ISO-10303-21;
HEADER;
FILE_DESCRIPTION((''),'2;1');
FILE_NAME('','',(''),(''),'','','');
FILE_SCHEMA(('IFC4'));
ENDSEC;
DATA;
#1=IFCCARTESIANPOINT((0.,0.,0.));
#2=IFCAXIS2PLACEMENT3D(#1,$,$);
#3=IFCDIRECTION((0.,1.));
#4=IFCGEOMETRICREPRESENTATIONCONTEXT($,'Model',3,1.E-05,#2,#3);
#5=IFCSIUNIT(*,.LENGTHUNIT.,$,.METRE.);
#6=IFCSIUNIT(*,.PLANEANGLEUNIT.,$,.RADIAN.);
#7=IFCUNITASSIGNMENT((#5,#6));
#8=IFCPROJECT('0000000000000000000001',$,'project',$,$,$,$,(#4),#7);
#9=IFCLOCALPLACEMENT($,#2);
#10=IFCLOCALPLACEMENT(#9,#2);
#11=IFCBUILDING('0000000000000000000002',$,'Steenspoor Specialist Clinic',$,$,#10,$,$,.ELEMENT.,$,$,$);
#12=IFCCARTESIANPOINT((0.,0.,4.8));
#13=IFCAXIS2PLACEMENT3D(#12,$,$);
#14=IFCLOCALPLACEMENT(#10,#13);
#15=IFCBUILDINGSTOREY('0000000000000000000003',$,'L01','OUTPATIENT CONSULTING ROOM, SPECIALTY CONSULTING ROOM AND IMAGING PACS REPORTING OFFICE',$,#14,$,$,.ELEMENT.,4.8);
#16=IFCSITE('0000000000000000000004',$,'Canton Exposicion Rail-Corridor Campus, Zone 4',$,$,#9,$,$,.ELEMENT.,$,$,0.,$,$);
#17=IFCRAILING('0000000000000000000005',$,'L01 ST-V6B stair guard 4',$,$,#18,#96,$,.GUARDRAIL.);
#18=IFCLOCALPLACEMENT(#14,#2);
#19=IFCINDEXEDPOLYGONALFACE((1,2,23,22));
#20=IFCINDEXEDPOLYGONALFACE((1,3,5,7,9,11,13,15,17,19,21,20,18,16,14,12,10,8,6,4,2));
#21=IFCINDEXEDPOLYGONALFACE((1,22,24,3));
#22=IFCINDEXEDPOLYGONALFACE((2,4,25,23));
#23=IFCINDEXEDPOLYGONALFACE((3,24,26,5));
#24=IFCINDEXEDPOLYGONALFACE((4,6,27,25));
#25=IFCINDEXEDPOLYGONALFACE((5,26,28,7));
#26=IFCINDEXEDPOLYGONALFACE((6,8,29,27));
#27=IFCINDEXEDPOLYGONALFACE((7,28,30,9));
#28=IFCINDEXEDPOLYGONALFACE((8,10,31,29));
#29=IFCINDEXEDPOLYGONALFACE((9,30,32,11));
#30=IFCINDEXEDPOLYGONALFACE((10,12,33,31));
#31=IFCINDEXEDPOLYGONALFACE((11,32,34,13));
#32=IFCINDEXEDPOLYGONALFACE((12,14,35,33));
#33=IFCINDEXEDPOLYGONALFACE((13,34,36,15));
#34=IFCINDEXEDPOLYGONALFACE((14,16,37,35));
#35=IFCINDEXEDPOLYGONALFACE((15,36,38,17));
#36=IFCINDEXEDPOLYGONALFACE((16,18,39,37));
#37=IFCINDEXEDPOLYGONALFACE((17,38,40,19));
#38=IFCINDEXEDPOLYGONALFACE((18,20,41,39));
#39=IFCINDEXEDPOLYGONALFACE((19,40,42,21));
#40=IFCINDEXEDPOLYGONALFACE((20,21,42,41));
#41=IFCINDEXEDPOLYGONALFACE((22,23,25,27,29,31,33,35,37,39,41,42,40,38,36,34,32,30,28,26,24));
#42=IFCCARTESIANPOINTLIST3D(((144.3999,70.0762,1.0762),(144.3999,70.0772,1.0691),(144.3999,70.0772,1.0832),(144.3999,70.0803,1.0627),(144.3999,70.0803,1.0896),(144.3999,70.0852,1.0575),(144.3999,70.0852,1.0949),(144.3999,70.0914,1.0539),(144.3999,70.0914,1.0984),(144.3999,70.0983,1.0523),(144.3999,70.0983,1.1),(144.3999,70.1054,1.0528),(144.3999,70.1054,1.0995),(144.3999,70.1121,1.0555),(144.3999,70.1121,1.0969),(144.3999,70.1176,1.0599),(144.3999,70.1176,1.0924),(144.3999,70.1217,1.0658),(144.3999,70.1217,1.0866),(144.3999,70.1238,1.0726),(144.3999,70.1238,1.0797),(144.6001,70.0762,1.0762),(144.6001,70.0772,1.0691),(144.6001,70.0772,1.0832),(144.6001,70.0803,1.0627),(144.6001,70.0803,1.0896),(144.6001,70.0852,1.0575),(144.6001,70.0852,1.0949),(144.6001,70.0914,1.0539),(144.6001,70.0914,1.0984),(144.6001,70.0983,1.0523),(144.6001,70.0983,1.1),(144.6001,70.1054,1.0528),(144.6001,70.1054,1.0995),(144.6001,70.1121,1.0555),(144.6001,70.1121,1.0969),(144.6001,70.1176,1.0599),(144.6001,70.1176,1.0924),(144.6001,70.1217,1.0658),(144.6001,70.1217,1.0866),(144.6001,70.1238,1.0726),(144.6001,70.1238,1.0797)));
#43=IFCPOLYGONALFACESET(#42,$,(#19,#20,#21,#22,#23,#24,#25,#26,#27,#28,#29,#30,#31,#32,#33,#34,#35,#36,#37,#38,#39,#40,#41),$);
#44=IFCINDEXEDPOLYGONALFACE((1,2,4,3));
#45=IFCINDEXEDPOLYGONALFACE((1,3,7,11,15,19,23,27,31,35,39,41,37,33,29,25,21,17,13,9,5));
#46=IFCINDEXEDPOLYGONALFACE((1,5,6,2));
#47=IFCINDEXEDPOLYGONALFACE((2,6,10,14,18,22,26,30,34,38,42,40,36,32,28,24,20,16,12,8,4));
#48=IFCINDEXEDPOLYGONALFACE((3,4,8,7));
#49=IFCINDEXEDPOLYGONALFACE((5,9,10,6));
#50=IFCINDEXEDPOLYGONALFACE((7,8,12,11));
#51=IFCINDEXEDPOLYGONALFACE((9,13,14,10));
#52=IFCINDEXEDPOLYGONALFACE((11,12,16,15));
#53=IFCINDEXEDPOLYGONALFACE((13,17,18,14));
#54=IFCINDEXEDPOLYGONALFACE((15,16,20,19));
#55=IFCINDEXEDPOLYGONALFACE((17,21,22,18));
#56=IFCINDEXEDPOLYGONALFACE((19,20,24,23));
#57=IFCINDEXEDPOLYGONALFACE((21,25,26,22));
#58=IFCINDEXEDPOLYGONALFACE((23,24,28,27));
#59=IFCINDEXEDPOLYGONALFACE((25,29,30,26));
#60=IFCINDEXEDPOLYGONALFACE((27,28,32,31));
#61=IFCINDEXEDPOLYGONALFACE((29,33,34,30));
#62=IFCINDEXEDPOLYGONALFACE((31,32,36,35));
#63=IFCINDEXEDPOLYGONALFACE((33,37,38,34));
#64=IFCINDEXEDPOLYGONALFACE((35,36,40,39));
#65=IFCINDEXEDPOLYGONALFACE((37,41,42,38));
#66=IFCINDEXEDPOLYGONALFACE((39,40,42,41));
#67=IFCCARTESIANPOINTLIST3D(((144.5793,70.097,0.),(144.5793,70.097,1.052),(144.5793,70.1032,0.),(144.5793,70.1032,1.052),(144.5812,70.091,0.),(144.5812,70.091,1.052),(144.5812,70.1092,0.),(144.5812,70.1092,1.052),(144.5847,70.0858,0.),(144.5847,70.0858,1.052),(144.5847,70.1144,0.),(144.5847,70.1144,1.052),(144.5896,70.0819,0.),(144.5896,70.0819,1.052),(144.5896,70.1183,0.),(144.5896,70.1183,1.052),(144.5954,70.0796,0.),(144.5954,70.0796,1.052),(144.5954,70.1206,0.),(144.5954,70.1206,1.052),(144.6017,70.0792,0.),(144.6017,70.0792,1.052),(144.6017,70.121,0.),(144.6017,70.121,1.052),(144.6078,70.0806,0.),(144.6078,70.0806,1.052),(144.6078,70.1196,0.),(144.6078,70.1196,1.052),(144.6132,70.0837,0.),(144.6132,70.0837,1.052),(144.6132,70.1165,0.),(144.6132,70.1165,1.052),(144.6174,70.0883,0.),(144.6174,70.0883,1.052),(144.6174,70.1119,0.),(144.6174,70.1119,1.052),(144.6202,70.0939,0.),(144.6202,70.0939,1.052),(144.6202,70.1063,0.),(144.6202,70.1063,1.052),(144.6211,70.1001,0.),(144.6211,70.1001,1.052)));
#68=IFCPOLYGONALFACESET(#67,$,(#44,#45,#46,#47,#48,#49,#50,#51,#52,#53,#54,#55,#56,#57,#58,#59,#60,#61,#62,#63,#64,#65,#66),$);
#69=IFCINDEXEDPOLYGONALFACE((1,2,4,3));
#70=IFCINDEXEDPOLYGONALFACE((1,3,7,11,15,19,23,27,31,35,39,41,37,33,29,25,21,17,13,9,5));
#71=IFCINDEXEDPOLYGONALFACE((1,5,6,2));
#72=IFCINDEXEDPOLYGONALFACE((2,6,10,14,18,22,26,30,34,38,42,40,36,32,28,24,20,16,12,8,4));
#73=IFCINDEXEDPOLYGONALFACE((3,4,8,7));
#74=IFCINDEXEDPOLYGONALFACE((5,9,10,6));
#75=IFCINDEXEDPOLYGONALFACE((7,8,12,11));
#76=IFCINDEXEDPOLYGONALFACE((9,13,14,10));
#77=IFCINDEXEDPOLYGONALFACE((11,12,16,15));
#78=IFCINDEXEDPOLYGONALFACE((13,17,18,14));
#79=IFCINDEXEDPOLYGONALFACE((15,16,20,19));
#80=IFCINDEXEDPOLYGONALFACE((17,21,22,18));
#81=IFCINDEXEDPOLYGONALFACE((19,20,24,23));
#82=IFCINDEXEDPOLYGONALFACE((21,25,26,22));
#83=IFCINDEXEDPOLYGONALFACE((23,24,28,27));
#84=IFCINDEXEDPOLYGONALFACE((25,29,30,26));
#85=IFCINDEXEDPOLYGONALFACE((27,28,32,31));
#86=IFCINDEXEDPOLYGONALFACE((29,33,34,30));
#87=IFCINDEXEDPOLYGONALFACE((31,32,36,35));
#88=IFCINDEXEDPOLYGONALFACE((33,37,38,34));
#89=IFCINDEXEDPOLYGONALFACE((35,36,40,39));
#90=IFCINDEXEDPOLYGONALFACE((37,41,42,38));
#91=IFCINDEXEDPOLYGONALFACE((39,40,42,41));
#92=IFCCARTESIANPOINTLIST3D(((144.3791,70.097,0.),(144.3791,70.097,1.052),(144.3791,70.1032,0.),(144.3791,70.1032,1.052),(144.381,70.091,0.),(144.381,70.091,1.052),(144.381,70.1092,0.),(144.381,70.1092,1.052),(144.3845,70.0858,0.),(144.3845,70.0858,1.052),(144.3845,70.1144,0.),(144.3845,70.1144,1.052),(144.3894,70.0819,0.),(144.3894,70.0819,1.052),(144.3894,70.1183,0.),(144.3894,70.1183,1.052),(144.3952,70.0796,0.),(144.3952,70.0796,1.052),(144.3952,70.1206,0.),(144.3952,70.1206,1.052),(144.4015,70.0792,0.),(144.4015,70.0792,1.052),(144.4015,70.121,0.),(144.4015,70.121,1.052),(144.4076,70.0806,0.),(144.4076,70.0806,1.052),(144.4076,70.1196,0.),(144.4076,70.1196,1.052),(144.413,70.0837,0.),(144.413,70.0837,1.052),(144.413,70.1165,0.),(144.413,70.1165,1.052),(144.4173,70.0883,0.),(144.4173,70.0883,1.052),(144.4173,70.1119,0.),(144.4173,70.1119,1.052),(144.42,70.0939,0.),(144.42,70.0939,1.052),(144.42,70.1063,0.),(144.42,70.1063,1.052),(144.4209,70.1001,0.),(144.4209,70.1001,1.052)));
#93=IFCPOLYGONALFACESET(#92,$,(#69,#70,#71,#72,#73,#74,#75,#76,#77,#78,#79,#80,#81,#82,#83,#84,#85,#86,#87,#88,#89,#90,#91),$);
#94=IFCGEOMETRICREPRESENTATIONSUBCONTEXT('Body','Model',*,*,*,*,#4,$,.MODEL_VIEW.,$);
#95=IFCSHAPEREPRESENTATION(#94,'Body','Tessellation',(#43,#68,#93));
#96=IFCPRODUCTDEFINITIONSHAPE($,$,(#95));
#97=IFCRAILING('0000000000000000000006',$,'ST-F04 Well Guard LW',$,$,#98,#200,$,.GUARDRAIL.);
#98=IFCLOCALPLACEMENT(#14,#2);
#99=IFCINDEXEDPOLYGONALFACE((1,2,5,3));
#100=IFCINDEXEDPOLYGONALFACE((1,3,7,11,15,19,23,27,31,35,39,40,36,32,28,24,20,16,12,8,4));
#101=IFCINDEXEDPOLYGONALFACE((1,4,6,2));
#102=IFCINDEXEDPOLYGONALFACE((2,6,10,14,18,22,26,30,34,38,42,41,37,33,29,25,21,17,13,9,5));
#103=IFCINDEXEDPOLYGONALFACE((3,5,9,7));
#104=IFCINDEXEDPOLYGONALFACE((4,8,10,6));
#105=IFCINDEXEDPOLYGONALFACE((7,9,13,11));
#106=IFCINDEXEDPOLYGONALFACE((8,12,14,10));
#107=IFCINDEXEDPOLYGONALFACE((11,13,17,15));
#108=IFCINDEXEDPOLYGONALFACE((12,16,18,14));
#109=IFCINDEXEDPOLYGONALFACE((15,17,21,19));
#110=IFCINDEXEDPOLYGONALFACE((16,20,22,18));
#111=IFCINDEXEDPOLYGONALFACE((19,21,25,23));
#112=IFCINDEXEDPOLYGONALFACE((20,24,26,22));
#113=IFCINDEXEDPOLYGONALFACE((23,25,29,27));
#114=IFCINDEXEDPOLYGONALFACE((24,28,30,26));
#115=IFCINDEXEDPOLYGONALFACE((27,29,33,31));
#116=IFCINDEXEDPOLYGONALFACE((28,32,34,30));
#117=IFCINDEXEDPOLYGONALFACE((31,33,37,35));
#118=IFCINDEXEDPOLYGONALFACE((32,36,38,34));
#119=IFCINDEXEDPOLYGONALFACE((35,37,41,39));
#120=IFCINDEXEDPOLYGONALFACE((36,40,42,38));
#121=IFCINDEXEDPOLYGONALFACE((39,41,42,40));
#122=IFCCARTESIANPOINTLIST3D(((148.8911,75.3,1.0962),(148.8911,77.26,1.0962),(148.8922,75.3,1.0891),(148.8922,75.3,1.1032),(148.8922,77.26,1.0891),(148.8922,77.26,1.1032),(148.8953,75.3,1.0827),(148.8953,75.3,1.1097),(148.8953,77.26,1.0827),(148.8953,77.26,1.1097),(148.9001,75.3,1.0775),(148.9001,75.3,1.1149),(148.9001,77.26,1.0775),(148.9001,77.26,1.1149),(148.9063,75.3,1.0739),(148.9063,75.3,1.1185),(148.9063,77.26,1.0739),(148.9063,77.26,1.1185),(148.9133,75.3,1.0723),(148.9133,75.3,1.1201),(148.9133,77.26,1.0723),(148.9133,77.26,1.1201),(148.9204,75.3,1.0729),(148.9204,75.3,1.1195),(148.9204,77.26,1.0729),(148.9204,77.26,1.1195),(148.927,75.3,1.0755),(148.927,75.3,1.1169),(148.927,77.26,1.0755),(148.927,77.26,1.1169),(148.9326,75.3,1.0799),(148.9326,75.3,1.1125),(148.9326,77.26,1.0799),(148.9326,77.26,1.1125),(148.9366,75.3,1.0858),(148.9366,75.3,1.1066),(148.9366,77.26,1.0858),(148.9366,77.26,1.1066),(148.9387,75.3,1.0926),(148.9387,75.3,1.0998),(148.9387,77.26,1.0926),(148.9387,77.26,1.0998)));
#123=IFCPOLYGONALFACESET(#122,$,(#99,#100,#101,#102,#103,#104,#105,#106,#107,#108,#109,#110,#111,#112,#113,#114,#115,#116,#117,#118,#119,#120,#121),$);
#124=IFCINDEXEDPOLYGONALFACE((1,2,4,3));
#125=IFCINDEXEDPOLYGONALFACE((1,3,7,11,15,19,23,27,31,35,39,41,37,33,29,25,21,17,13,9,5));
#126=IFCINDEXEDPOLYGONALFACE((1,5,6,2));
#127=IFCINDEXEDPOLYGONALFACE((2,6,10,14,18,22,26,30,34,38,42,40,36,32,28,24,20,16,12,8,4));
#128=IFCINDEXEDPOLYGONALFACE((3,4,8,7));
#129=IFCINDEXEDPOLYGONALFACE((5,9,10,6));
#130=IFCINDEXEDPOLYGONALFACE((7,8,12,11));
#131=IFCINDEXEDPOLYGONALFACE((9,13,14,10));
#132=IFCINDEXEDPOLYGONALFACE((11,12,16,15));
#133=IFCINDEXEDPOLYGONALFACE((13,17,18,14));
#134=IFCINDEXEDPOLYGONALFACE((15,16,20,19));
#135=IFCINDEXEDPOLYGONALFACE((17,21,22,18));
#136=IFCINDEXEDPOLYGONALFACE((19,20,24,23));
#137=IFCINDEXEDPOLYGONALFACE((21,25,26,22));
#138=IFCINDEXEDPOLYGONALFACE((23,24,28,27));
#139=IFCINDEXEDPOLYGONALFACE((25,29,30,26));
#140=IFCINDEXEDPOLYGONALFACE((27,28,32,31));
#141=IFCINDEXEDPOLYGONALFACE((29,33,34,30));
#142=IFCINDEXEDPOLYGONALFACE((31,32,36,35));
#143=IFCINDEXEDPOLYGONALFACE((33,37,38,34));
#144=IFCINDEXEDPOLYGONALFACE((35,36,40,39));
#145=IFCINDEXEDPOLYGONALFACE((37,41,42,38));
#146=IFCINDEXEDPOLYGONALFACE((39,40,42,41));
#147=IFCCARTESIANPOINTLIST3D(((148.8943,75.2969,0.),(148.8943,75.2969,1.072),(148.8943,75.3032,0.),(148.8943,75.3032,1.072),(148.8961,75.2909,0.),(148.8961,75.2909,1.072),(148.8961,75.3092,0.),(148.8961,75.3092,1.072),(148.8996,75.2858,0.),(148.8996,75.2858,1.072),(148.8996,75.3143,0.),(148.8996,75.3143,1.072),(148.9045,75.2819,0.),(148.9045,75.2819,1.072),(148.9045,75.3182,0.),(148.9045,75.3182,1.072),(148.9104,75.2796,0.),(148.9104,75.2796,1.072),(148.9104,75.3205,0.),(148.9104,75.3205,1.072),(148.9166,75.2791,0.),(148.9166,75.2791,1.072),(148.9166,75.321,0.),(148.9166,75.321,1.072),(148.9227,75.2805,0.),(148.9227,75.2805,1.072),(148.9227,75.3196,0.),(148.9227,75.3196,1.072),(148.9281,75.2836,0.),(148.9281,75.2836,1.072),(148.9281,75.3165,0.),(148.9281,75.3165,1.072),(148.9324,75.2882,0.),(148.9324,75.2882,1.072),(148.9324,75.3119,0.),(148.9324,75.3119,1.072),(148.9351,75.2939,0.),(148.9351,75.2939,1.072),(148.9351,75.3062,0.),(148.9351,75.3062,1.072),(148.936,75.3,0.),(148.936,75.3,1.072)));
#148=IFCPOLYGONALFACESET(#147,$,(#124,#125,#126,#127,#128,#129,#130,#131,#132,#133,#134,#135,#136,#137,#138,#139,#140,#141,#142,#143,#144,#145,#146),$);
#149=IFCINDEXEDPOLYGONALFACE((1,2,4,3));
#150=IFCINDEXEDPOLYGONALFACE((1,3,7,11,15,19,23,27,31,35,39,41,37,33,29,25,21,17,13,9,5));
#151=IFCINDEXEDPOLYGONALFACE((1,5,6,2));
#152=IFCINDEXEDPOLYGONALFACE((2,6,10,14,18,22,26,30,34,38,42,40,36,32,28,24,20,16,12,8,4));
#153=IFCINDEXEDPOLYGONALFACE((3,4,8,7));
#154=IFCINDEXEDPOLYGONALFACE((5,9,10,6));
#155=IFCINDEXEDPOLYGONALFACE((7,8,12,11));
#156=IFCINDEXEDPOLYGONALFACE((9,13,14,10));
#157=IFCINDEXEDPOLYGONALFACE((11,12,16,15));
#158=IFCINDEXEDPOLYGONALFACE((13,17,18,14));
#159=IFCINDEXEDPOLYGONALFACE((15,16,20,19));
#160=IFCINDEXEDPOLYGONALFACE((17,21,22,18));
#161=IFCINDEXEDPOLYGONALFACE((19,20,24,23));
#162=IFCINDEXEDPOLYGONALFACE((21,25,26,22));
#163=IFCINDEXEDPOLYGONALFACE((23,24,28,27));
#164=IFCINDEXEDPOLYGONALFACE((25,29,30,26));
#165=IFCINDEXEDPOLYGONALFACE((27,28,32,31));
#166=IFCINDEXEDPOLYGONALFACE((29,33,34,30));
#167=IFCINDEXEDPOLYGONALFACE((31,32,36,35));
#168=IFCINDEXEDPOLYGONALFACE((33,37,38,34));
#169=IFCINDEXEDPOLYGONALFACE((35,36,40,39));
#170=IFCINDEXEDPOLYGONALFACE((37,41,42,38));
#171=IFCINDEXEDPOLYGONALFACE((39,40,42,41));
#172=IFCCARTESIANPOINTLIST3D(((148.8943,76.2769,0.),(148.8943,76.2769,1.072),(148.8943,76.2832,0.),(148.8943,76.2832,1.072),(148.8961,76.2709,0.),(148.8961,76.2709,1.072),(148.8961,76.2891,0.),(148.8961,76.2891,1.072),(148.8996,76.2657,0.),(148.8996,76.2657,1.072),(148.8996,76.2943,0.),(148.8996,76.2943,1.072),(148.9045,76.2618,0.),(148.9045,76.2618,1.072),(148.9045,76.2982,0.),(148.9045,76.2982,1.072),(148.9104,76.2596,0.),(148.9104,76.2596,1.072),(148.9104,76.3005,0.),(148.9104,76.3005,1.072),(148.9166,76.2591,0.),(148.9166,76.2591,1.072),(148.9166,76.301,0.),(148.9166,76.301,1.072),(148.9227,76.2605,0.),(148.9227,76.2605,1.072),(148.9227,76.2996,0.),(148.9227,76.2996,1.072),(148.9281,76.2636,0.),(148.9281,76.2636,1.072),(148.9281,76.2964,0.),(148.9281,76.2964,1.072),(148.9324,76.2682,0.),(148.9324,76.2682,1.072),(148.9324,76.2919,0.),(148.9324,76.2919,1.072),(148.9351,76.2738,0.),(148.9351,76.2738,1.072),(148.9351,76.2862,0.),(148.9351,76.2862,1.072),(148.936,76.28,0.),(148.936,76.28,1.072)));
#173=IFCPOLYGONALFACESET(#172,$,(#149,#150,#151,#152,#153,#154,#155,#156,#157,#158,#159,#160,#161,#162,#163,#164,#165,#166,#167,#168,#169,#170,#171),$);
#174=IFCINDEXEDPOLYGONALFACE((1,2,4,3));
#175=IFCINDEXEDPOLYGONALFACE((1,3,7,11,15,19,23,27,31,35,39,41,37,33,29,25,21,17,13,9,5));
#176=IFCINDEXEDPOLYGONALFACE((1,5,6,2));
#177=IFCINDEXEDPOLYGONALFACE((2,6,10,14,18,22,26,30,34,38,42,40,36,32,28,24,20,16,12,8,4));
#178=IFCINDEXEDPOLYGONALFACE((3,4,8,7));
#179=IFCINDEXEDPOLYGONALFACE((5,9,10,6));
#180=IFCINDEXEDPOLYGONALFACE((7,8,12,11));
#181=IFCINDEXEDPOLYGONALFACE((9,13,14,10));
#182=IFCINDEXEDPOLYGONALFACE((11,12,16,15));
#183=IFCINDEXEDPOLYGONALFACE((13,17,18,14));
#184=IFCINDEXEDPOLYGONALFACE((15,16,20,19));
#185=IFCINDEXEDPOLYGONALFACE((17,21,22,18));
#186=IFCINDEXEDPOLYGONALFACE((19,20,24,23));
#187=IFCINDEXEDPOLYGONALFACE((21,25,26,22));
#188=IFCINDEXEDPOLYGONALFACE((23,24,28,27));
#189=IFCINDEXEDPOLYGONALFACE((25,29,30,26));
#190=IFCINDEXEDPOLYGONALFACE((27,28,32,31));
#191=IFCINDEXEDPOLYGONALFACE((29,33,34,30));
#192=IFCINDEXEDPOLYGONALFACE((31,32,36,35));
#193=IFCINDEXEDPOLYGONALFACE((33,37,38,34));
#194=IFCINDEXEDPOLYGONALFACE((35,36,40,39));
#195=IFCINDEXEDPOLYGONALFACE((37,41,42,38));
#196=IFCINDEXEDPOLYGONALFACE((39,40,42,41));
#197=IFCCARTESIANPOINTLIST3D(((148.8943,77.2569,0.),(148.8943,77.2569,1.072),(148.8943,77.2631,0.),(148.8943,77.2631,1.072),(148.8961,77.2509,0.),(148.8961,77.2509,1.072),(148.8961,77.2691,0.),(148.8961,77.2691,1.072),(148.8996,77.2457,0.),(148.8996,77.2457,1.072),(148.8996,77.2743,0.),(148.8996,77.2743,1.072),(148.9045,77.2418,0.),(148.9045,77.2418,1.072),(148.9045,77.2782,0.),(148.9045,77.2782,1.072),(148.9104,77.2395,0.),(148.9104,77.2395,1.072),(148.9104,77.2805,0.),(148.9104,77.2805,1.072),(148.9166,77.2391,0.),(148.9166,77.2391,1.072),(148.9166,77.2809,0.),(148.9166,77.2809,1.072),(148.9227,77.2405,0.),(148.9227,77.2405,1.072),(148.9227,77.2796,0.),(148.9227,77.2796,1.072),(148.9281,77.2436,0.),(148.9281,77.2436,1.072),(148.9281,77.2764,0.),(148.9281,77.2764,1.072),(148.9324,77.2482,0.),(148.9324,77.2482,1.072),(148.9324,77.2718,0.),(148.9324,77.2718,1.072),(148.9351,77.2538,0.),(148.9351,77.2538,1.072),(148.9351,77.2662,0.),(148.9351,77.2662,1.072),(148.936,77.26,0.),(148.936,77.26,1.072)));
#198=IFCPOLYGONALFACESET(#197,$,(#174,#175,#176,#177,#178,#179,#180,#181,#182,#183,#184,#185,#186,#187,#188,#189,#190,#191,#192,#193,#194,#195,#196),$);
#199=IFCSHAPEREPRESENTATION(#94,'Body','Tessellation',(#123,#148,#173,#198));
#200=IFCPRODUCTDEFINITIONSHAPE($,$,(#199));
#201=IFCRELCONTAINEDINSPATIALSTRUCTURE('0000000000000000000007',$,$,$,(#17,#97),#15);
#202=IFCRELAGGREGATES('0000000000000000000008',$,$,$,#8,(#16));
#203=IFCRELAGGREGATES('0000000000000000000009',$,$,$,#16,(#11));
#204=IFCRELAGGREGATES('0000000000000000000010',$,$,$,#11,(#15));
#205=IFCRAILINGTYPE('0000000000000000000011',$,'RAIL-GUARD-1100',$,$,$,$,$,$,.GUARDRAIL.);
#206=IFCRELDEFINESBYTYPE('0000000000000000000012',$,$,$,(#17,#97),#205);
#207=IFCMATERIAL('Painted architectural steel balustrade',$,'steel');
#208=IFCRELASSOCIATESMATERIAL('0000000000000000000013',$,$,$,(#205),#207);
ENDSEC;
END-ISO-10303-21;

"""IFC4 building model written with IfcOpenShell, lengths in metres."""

from ifc_helpers import new_model, si_unit, direction, frame, origin, origin_2d, place, context, subcontext, project, spatial, circle, extrude, material, type_object, element, save


model = new_model("IFC4")

# Units and contexts
model_context = context("Model", 3, precision=1e-05, world=origin(), true_north=direction((0.0, 1.0)))
body_context = subcontext(model_context, "Body", "Model", "MODEL_VIEW")
ifc_project = project(units=[si_unit("LENGTHUNIT", "METRE"), si_unit("PLANEANGLEUNIT", "RADIAN")], contexts=[model_context])

# Site, building, storey
site_placement = place(None, origin())
site = spatial("IfcSite", under=ifc_project, at=site_placement, Name="Canton Exposicion Rail-Corridor Campus, Zone 4", CompositionType="ELEMENT", RefElevation=0.0)
building_placement = place(site_placement, origin())
building = spatial("IfcBuilding", under=site, at=building_placement, Name="Steenspoor Specialist Clinic", CompositionType="ELEMENT")
storey_placement = place(building_placement, frame((0.0, 0.0, 4.8)))
storey = spatial("IfcBuildingStorey", under=building, at=storey_placement, Name="L01", Description="OUTPATIENT CONSULTING ROOM, SPECIALTY CONSULTING ROOM AND IMAGING PACS REPORTING OFFICE", CompositionType="ELEMENT", Elevation=4.8)

# Railings
ifc_material_1 = material(Name="Painted architectural steel balustrade", Category="steel")
railing_type_1 = type_object("IfcRailingType", Name="RAIL-GUARD-1100", PredefinedType="GUARDRAIL", material=ifc_material_1)
railing_1_placement = place(storey_placement, frame((144.6001, 70.1001, 0.0)))
element("IfcRailing", 1, at=railing_1_placement, inside=storey, type_object=railing_type_1, Name="L01 ST-V6B stair guard 4", PredefinedType="GUARDRAIL", context=body_context, shape_type="SweptSolid", body=[
    extrude(circle(Radius=0.0239, at=origin_2d()), frame((0.0, 0.0, 1.0762), z_axis=(-1.0, 0.0, 0.0), x_axis=(0.0, -1.0, 0.0)), (0.0, 0.0, 1.0), 0.2002),
    extrude(circle(Radius=0.021, at=origin_2d()), origin(), (0.0, 0.0, 1.0), 1.052),
    extrude(circle(Radius=0.021, at=origin_2d()), frame((-0.2002, 0.0, 0.0)), (0.0, 0.0, 1.0), 1.052),
])
for number, where, name in (
    (2, (148.915, 75.3, 0.0), "ST-F04 Well Guard LW"),
):
    element("IfcRailing", number, at=place(storey_placement, frame(where)), inside=storey, type_object=railing_type_1, Name=name, PredefinedType="GUARDRAIL", context=body_context, shape_type="SweptSolid", body=[
        extrude(circle(Radius=0.0239, at=origin_2d()), frame((0.0, 0.0, 1.0962), z_axis=(0.0, 1.0, 0.0), x_axis=(-1.0, 0.0, 0.0)), (0.0, 0.0, 1.0), 1.96),
        extrude(circle(Radius=0.021, at=origin_2d()), origin(), (0.0, 0.0, 1.0), 1.072),
        extrude(circle(Radius=0.021, at=origin_2d()), frame((0.0, 0.98, 0.0)), (0.0, 0.0, 1.0), 1.072),
        extrude(circle(Radius=0.021, at=origin_2d()), frame((0.0, 1.96, 0.0)), (0.0, 0.0, 1.0), 1.072),
    ])

save(model, "model.ifc")
